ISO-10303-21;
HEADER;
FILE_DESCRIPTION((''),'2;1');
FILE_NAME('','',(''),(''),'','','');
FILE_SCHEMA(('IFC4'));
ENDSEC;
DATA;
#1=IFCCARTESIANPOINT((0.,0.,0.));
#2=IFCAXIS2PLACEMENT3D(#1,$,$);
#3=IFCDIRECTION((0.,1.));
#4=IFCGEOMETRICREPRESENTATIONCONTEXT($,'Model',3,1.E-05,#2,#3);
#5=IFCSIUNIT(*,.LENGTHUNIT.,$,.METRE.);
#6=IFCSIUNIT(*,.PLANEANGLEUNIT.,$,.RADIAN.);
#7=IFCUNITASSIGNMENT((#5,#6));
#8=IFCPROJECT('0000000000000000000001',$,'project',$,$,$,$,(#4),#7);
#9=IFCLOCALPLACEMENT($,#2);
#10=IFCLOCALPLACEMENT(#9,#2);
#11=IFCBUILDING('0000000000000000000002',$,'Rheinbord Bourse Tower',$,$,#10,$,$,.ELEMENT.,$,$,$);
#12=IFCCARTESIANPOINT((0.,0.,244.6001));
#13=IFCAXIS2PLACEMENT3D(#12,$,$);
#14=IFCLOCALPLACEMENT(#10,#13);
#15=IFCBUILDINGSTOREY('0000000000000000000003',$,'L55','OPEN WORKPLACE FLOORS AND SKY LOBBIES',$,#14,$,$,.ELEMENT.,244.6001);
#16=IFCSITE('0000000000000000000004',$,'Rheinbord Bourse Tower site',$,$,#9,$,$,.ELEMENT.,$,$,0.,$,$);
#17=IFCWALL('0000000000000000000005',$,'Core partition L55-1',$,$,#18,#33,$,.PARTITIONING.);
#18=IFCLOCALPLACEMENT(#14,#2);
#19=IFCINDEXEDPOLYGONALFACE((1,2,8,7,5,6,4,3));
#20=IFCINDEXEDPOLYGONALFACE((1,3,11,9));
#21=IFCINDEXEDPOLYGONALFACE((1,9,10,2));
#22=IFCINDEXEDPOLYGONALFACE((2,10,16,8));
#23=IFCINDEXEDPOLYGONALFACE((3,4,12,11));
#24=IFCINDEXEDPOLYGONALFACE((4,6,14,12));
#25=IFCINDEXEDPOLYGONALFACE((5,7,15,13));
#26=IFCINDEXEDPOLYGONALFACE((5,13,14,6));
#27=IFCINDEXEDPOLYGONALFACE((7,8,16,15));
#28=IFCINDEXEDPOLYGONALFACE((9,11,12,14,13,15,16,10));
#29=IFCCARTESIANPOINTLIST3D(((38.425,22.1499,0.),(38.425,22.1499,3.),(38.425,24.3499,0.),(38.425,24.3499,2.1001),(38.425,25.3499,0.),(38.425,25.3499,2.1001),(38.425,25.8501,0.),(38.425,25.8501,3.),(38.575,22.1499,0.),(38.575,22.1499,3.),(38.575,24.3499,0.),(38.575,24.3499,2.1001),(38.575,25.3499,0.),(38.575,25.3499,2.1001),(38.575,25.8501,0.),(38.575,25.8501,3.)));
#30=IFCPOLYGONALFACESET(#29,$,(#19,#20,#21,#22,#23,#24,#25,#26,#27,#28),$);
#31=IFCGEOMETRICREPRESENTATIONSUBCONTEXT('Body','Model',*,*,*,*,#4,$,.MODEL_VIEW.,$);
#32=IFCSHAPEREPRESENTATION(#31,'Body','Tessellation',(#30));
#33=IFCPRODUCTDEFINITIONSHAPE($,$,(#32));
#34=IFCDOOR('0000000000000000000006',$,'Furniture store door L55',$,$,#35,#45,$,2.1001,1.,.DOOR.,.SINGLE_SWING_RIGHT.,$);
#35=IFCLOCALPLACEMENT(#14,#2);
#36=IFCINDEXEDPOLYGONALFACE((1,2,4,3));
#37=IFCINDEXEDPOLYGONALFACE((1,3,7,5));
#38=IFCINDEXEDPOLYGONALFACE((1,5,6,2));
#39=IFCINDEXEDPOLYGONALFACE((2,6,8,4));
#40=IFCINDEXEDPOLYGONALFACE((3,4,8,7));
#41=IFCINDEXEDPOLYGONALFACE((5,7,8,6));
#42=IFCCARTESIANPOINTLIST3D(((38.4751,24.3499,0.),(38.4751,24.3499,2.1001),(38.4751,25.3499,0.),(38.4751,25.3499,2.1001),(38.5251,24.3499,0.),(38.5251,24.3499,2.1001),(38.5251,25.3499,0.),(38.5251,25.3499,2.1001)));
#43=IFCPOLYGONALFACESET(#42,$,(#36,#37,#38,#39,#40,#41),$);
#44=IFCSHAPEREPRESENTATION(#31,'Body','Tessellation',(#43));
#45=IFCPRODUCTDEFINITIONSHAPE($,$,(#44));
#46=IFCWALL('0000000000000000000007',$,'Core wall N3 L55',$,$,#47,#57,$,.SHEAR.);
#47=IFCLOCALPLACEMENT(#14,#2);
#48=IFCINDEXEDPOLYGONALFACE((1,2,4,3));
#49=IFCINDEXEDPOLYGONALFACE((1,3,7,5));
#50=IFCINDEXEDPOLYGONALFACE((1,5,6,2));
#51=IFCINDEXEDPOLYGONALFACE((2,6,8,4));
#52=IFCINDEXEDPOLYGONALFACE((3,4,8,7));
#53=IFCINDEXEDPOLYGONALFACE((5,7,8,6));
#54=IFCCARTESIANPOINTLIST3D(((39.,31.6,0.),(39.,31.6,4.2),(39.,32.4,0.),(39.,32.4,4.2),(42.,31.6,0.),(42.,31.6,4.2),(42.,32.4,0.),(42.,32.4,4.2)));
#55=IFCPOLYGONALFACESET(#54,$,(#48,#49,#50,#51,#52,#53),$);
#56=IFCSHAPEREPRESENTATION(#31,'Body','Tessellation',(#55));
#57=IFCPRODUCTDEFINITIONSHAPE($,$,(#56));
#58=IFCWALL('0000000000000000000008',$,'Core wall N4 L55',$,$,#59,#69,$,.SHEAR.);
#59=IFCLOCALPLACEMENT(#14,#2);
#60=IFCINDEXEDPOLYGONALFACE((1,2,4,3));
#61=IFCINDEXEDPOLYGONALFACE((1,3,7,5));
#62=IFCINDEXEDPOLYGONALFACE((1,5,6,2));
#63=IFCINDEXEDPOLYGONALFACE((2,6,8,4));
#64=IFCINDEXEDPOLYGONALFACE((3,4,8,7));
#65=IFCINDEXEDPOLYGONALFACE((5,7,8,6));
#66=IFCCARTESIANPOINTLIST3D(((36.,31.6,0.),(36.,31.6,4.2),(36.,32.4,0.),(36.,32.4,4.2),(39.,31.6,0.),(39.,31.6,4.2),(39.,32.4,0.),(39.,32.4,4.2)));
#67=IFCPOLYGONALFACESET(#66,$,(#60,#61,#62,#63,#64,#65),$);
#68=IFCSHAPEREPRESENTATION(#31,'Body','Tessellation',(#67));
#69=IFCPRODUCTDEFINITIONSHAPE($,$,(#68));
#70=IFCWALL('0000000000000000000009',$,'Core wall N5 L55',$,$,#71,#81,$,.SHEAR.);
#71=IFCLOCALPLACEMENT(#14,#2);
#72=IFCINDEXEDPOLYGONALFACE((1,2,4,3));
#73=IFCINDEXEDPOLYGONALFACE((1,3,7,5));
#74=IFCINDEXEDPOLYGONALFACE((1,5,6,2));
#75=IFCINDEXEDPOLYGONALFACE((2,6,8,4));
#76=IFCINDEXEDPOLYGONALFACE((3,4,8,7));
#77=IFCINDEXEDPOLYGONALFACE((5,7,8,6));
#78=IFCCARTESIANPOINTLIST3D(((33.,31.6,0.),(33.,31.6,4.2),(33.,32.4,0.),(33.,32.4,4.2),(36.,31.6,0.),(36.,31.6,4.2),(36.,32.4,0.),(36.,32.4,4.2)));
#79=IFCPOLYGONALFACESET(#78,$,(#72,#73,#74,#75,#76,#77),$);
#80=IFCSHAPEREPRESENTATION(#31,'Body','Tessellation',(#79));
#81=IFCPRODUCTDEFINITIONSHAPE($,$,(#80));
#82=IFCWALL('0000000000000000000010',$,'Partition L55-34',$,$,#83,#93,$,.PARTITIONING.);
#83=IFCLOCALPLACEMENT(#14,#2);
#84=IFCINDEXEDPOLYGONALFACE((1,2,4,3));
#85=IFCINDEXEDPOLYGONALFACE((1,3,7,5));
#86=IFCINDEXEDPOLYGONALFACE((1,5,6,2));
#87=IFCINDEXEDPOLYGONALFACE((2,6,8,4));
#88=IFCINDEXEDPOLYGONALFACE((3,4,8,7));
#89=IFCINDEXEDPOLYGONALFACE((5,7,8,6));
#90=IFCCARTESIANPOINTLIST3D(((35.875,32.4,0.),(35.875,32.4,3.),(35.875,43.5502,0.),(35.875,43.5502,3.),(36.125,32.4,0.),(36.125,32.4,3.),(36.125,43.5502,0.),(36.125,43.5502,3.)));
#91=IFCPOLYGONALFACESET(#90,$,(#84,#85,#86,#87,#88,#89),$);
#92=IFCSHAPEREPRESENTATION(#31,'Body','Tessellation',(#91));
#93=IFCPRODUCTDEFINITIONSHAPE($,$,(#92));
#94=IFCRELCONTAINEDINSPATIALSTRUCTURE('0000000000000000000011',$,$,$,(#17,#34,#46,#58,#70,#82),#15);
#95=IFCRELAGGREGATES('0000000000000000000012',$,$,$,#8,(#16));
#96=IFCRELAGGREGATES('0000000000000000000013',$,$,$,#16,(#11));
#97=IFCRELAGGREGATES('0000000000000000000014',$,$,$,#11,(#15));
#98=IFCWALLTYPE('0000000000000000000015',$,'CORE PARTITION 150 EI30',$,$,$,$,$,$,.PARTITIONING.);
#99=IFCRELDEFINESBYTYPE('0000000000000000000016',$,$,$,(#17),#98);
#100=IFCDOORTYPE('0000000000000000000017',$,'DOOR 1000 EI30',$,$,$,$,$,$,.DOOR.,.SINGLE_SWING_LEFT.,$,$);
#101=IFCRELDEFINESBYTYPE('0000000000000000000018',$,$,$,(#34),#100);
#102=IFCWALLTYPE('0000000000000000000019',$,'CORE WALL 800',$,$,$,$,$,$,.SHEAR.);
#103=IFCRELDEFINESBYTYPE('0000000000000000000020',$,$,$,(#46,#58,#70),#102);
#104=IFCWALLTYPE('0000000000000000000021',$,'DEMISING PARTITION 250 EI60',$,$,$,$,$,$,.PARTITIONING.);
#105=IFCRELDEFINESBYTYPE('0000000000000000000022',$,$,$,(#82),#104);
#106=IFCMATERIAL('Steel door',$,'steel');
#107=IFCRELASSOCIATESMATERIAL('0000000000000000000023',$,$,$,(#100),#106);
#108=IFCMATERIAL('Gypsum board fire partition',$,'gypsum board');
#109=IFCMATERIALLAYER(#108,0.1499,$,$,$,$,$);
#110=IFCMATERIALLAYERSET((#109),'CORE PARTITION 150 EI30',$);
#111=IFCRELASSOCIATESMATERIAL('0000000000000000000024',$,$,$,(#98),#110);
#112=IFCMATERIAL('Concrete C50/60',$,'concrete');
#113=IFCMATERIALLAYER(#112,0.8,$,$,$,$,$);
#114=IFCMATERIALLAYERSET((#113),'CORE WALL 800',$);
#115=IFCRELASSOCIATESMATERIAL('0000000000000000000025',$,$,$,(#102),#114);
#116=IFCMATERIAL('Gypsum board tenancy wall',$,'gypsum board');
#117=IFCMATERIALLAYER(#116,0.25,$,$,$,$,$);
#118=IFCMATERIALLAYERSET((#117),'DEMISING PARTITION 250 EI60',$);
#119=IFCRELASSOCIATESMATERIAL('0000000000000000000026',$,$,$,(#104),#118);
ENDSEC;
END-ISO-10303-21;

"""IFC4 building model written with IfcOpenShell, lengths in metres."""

from ifc_helpers import new_model, si_unit, direction, frame, frame_2d, origin, place, context, subcontext, project, spatial, rectangle, extrude, material, layer, layer_set, type_object, element, fill, save


model = new_model("IFC4")

# Units and contexts
model_context = context("Model", 3, precision=1e-05, world=origin(), true_north=direction((0.0, 1.0)))
body_context = subcontext(model_context, "Body", "Model", "MODEL_VIEW")
ifc_project = project(units=[si_unit("LENGTHUNIT", "METRE"), si_unit("PLANEANGLEUNIT", "RADIAN")], contexts=[model_context])

# Site, building, storey
site_placement = place(None, origin())
site = spatial("IfcSite", under=ifc_project, at=site_placement, Name="Rheinbord Bourse Tower site", CompositionType="ELEMENT", RefElevation=0.0)
building_placement = place(site_placement, origin())
building = spatial("IfcBuilding", under=site, at=building_placement, Name="Rheinbord Bourse Tower", CompositionType="ELEMENT")
storey_placement = place(building_placement, frame((0.0, 0.0, 244.6001)))
storey = spatial("IfcBuildingStorey", under=building, at=storey_placement, Name="L55", Description="OPEN WORKPLACE FLOORS AND SKY LOBBIES", CompositionType="ELEMENT", Elevation=244.6001)

# Shared definitions
ifc_material_1 = material(Name="Steel door", Category="steel")
door_type_1 = type_object("IfcDoorType", Name="DOOR 1000 EI30", OperationType="SINGLE_SWING_LEFT", PredefinedType="DOOR", material=ifc_material_1)

# Wall, opening, door
ifc_material_2 = material(Name="Gypsum board fire partition", Category="gypsum board")
ifc_layer_1 = layer(ifc_material_2, 0.1499)
ifc_layer_set_1 = layer_set([ifc_layer_1], Name="CORE PARTITION 150 EI30")
wall_type_1 = type_object("IfcWallType", Name="CORE PARTITION 150 EI30", PredefinedType="PARTITIONING", material=ifc_layer_set_1)
wall_1_placement = place(storey_placement, frame((38.5, 22.1499, 0.0), z_axis=(0.0, 0.0, 1.0), x_axis=(0.0, 1.0, 0.0)))
wall_1 = element("IfcWall", 1, at=wall_1_placement, inside=storey, type_object=wall_type_1, Name="Core partition L55-1", PredefinedType="PARTITIONING", context=body_context, shape_type="SweptSolid", body=[
    extrude(rectangle(XDim=3.7002, YDim=0.1499, at=frame_2d((1.8501, 0.0))), origin(), (0.0, 0.0, 1.0), 3.0),
])
opening_1_placement = place(wall_1_placement, frame((2.2, 0.0, 0.0)))
opening_1 = element("IfcOpeningElement", 2, at=opening_1_placement, cuts=wall_1, PredefinedType="OPENING", context=body_context, shape_type="SweptSolid", body=[
    extrude(rectangle(XDim=1.0, YDim=2.1001, at=frame_2d((0.5, 1.05))), frame((0.0, 0.085, 0.0), z_axis=(0.0, -1.0, 0.0), x_axis=(1.0, 0.0, 0.0)), (0.0, 0.0, 1.0), 0.1699),
])
door_1_placement = place(opening_1_placement, origin())
door_1 = element("IfcDoor", 3, at=door_1_placement, inside=storey, type_object=door_type_1, Name="Furniture store door L55", OperationType="SINGLE_SWING_RIGHT", OverallHeight=2.1001, OverallWidth=1.0, PredefinedType="DOOR", context=body_context, shape_type="SweptSolid", body=[
    extrude(rectangle(XDim=1.0, YDim=2.1001, at=frame_2d((0.5, 1.05))), frame((0.0, 0.0249, 0.0), z_axis=(0.0, -1.0, 0.0), x_axis=(1.0, 0.0, 0.0)), (0.0, 0.0, 1.0), 0.05),
])
fill(opening_1, door_1)

# Walls
ifc_material_3 = material(Name="Concrete C50/60", Category="concrete")
ifc_layer_2 = layer(ifc_material_3, 0.8)
ifc_layer_set_2 = layer_set([ifc_layer_2], Name="CORE WALL 800")
wall_type_2 = type_object("IfcWallType", Name="CORE WALL 800", PredefinedType="SHEAR", material=ifc_layer_set_2)
for number, where, z_axis, x_axis, name in (
    (4, (42.0, 32.0, 0.0), (0.0, 0.0, 1.0), (-1.0, 0.0, 0.0), "Core wall N3 L55"),
    (5, (39.0, 32.0, 0.0), (0.0, 0.0, 1.0), (-1.0, 0.0, 0.0), "Core wall N4 L55"),
    (6, (36.0, 32.0, 0.0), (0.0, 0.0, 1.0), (-1.0, 0.0, 0.0), "Core wall N5 L55"),
):
    element("IfcWall", number, at=place(storey_placement, frame(where, z_axis=z_axis, x_axis=x_axis)), inside=storey, type_object=wall_type_2, Name=name, PredefinedType="SHEAR", context=body_context, shape_type="SweptSolid", body=[
        extrude(rectangle(XDim=3.0, YDim=0.8, at=frame_2d((1.5, 0.0))), origin(), (0.0, 0.0, 1.0), 4.2),
    ])
ifc_material_4 = material(Name="Gypsum board tenancy wall", Category="gypsum board")
ifc_layer_3 = layer(ifc_material_4, 0.25)
ifc_layer_set_3 = layer_set([ifc_layer_3], Name="DEMISING PARTITION 250 EI60")
wall_type_3 = type_object("IfcWallType", Name="DEMISING PARTITION 250 EI60", PredefinedType="PARTITIONING", material=ifc_layer_set_3)
wall_2_placement = place(storey_placement, frame((36.0, 32.3999, 0.0), z_axis=(0.0, 0.0, 1.0), x_axis=(0.0, 1.0, 0.0)))
element("IfcWall", 7, at=wall_2_placement, inside=storey, type_object=wall_type_3, Name="Partition L55-34", PredefinedType="PARTITIONING", context=body_context, shape_type="SweptSolid", body=[
    extrude(rectangle(XDim=11.1501, YDim=0.25, at=frame_2d((5.5752, 0.0))), origin(), (0.0, 0.0, 1.0), 3.0),
])

save(model, "model.ifc")
